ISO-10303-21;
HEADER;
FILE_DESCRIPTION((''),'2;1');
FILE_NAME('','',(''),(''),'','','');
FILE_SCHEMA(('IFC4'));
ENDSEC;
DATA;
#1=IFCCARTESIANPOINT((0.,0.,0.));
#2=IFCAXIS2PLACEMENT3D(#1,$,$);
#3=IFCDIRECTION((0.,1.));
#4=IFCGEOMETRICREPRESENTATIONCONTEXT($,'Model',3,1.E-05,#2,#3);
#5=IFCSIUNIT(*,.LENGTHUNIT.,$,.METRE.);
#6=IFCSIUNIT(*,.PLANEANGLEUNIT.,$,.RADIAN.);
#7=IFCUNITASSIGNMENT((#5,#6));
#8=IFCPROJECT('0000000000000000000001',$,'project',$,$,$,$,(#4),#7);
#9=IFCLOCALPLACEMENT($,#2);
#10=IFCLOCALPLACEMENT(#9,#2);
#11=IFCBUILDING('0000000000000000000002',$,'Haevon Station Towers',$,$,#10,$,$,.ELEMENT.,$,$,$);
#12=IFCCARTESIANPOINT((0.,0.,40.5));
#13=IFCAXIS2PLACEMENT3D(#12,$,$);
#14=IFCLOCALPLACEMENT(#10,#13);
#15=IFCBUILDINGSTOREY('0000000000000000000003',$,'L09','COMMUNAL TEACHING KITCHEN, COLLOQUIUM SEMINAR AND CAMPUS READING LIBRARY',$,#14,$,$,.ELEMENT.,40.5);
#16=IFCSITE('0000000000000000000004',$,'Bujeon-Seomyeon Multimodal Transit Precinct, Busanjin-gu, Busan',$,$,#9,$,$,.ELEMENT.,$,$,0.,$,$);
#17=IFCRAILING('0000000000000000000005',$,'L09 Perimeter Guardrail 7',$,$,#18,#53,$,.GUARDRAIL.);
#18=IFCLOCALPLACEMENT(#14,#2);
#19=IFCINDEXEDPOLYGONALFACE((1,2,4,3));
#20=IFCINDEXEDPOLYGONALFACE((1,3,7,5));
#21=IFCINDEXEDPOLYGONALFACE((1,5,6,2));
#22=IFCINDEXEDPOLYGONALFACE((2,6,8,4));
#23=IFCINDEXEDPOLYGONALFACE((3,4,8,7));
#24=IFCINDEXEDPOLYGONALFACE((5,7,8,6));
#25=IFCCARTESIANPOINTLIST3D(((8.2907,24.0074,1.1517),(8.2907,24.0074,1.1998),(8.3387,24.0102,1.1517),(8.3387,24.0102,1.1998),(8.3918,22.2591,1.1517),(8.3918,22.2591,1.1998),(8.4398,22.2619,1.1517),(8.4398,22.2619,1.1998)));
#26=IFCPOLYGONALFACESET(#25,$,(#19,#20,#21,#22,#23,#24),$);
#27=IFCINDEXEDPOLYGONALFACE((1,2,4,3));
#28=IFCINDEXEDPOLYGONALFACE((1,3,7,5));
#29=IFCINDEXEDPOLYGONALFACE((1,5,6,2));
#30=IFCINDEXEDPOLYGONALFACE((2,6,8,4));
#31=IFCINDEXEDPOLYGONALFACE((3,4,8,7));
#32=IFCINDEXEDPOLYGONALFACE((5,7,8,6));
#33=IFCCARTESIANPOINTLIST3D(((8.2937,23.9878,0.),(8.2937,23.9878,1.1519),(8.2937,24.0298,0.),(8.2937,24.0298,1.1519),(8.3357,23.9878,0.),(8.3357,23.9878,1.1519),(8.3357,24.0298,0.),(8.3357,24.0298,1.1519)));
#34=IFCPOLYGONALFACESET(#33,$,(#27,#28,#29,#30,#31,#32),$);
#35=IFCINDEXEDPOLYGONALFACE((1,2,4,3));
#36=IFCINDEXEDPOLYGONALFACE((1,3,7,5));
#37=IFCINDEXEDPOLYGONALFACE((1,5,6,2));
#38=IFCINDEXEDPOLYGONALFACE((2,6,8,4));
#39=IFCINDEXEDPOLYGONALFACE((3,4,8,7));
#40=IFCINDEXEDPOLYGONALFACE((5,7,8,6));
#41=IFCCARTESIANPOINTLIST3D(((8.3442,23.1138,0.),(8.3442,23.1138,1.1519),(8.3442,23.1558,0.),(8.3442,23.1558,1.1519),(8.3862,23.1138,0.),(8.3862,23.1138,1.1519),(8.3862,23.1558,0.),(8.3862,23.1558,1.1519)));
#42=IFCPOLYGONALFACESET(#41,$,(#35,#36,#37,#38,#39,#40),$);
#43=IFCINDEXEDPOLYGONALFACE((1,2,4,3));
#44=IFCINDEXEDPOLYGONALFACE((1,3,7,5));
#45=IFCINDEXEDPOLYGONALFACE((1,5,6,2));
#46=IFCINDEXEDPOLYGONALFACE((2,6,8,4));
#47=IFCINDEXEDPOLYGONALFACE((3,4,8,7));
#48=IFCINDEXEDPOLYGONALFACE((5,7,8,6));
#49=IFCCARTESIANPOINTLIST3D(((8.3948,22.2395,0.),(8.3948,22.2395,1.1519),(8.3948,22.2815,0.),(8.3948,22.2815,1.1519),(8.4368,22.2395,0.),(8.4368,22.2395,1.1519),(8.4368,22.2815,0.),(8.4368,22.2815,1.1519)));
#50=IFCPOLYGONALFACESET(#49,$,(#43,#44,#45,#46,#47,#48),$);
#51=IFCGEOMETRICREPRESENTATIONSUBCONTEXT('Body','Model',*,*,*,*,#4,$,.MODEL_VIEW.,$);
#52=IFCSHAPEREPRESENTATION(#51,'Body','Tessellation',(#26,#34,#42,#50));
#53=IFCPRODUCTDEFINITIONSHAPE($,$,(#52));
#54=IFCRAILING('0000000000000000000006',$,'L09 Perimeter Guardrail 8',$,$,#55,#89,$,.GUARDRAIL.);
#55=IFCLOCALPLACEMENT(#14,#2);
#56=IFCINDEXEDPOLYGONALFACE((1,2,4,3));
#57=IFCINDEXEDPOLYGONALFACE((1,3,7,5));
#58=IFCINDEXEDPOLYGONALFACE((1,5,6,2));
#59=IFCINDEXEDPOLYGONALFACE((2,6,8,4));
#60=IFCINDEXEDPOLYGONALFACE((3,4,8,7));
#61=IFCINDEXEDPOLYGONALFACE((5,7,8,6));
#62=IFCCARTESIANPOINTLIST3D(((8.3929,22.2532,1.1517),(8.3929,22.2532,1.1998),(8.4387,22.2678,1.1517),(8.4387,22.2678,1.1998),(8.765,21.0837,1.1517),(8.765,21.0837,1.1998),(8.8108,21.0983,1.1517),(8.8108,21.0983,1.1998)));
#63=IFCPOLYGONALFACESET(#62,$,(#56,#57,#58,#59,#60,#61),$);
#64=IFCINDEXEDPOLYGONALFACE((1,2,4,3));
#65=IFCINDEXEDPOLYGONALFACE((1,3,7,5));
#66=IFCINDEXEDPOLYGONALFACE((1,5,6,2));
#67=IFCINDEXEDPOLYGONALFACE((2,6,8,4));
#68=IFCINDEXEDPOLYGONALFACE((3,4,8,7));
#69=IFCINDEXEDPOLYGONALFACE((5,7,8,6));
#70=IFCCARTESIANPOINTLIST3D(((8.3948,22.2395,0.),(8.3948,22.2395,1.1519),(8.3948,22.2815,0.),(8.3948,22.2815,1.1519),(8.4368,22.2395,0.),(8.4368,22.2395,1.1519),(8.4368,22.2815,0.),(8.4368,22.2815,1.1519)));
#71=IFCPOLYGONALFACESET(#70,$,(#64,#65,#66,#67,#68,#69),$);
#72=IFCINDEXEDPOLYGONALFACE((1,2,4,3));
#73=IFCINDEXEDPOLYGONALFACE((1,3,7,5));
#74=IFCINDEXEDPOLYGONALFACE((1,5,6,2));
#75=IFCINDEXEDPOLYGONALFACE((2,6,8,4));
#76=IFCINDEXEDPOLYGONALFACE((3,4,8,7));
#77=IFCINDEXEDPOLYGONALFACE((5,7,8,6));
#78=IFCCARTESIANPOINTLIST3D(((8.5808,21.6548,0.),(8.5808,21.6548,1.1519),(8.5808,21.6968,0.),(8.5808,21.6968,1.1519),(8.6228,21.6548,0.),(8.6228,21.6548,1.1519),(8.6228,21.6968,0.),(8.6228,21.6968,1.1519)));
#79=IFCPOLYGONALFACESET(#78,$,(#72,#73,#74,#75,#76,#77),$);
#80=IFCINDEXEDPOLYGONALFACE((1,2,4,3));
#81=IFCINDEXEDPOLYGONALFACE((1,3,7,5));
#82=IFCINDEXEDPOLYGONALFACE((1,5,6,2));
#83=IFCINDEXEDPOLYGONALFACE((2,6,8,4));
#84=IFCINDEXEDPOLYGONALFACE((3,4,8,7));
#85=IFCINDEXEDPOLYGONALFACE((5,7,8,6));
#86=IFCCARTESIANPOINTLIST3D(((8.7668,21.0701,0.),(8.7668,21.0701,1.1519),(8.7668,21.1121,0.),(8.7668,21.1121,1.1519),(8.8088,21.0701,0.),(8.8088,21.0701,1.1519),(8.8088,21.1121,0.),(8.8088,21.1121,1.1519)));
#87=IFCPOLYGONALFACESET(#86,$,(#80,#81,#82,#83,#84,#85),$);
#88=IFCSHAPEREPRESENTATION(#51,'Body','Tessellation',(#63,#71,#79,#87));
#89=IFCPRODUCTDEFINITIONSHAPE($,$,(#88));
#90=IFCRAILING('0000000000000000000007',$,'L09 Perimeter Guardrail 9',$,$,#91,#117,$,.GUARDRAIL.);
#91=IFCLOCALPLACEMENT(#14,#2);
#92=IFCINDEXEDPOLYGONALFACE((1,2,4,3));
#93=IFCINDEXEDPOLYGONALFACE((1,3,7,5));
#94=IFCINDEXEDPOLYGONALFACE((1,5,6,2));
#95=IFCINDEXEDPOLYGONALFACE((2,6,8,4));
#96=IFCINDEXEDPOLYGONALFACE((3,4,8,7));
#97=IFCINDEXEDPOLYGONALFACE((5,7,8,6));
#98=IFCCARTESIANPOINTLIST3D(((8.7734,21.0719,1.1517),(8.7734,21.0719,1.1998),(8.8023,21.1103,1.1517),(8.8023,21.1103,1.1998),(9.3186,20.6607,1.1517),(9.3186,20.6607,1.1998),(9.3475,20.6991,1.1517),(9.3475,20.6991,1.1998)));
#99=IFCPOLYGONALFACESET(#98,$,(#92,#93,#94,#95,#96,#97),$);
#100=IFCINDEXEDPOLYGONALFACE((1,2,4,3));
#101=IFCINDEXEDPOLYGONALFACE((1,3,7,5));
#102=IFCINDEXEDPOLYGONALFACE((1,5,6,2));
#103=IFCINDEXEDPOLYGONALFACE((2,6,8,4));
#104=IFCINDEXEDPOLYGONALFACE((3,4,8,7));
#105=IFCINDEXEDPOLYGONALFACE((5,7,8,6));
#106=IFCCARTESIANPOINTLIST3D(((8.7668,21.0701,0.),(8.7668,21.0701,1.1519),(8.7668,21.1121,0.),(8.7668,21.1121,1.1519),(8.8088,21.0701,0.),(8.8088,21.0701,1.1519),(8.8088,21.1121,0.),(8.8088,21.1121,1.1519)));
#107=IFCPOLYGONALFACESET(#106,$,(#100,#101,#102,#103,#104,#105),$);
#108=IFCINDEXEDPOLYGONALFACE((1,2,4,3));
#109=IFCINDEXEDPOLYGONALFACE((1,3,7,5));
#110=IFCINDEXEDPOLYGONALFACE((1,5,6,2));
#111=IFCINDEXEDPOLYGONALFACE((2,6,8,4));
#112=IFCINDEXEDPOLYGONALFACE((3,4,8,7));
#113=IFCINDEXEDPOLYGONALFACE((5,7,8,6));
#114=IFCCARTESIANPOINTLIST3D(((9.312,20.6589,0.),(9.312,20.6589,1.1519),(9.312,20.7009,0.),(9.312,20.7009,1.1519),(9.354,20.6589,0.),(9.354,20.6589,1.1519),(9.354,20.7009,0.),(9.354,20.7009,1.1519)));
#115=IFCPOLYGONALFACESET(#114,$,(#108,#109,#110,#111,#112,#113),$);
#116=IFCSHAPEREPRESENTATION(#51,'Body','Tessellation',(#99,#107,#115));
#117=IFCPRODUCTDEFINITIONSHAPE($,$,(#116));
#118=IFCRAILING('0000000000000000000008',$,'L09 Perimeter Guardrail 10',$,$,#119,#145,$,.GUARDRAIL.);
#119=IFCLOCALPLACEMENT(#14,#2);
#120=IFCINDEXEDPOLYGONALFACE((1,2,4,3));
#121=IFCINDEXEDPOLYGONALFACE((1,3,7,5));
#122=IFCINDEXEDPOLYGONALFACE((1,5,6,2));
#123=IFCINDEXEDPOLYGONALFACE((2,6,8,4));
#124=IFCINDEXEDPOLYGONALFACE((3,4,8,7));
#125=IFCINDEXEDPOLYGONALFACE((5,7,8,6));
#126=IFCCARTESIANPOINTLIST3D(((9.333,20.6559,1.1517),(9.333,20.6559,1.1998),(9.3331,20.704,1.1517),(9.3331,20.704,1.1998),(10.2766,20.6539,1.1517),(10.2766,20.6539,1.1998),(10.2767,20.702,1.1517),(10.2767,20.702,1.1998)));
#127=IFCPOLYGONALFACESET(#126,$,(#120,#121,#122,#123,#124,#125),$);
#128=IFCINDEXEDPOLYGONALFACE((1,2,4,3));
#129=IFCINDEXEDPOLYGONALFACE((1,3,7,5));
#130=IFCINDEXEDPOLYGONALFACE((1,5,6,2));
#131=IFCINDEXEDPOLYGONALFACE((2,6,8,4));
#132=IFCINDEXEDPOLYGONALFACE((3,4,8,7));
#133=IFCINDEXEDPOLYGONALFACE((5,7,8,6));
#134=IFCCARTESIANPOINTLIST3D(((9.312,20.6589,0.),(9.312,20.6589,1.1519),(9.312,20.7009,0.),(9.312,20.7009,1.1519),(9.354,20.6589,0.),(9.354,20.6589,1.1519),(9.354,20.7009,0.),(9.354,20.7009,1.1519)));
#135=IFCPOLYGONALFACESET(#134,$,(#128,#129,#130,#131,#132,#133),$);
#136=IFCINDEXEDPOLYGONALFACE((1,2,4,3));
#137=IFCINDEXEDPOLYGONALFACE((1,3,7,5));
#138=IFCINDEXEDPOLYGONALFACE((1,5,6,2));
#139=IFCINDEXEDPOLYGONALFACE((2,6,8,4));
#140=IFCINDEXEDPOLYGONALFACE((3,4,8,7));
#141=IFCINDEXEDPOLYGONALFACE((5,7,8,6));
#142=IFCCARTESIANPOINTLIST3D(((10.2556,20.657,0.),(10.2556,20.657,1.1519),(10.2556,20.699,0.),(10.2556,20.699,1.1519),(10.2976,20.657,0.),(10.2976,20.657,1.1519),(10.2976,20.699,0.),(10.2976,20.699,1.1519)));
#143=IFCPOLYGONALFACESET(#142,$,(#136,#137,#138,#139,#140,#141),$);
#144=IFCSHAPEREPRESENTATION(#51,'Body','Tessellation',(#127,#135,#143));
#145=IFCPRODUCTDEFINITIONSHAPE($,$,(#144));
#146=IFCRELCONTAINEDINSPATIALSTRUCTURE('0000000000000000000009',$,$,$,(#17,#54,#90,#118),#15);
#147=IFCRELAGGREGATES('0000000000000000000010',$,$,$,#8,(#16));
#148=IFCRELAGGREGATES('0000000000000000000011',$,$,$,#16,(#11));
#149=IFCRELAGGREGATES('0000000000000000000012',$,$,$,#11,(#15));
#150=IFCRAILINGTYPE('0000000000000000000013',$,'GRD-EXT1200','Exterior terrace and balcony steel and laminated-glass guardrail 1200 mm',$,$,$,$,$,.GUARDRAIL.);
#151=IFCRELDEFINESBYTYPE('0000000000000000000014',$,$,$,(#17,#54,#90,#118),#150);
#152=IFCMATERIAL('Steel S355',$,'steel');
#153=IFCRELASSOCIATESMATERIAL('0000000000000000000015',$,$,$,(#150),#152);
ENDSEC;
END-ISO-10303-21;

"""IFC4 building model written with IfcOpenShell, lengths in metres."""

from ifc_helpers import new_model, si_unit, direction, frame, origin, origin_2d, place, context, subcontext, project, spatial, rectangle, extrude, material, type_object, element, save


model = new_model("IFC4")

# Units and contexts
model_context = context("Model", 3, precision=1e-05, world=origin(), true_north=direction((0.0, 1.0)))
body_context = subcontext(model_context, "Body", "Model", "MODEL_VIEW")
ifc_project = project(units=[si_unit("LENGTHUNIT", "METRE"), si_unit("PLANEANGLEUNIT", "RADIAN")], contexts=[model_context])

# Site, building, storey
site_placement = place(None, origin())
site = spatial("IfcSite", under=ifc_project, at=site_placement, Name="Bujeon-Seomyeon Multimodal Transit Precinct, Busanjin-gu, Busan", CompositionType="ELEMENT", RefElevation=0.0)
building_placement = place(site_placement, origin())
building = spatial("IfcBuilding", under=site, at=building_placement, Name="Haevon Station Towers", CompositionType="ELEMENT")
storey_placement = place(building_placement, frame((0.0, 0.0, 40.5)))
storey = spatial("IfcBuildingStorey", under=building, at=storey_placement, Name="L09", Description="COMMUNAL TEACHING KITCHEN, COLLOQUIUM SEMINAR AND CAMPUS READING LIBRARY", CompositionType="ELEMENT", Elevation=40.5)

# Shared definitions
ifc_material_1 = material(Name="Steel S355", Category="steel")

# Railings
railing_type = type_object("IfcRailingType", Name="GRD-EXT1200", Description="Exterior terrace and balcony steel and laminated-glass guardrail 1200 mm", PredefinedType="GUARDRAIL", material=ifc_material_1)
railing_1_placement = place(storey_placement, frame((8.3147, 24.0088, 0.0)))
element("IfcRailing", 1, at=railing_1_placement, inside=storey, type_object=railing_type, Name="L09 Perimeter Guardrail 7", PredefinedType="GUARDRAIL", context=body_context, shape_type="SweptSolid", body=[
    extrude(rectangle(XDim=0.0481, YDim=0.0481, at=origin_2d()), frame((0.0, 0.0, 1.1758), z_axis=(0.057717, -0.998333, 0.0), x_axis=(0.998333, 0.057717, 0.0)), (0.0, 0.0, 1.0), 1.7512),
    extrude(rectangle(XDim=0.042, YDim=0.042, at=origin_2d()), origin(), (0.0, 0.0, 1.0), 1.1519),
    extrude(rectangle(XDim=0.042, YDim=0.042, at=origin_2d()), frame((0.0505, -0.874, 0.0)), (0.0, 0.0, 1.0), 1.1519),
    extrude(rectangle(XDim=0.042, YDim=0.042, at=origin_2d()), frame((0.1011, -1.7483, 0.0)), (0.0, 0.0, 1.0), 1.1519),
])
railing_2_placement = place(storey_placement, frame((8.4158, 22.2605, 0.0)))
element("IfcRailing", 2, at=railing_2_placement, inside=storey, type_object=railing_type, Name="L09 Perimeter Guardrail 8", PredefinedType="GUARDRAIL", context=body_context, shape_type="SweptSolid", body=[
    extrude(rectangle(XDim=0.0481, YDim=0.0481, at=origin_2d()), frame((0.0, 0.0, 1.1758), z_axis=(0.303187, -0.952931, 0.0), x_axis=(0.952931, 0.303187, 0.0)), (0.0, 0.0, 1.0), 1.2273),
    extrude(rectangle(XDim=0.042, YDim=0.042, at=origin_2d()), origin(), (0.0, 0.0, 1.0), 1.1519),
    extrude(rectangle(XDim=0.042, YDim=0.042, at=origin_2d()), frame((0.186, -0.5847, 0.0)), (0.0, 0.0, 1.0), 1.1519),
    extrude(rectangle(XDim=0.042, YDim=0.042, at=origin_2d()), frame((0.3721, -1.1694, 0.0)), (0.0, 0.0, 1.0), 1.1519),
])
railing_3_placement = place(storey_placement, frame((8.7878, 21.0911, 0.0)))
element("IfcRailing", 3, at=railing_3_placement, inside=storey, type_object=railing_type, Name="L09 Perimeter Guardrail 9", PredefinedType="GUARDRAIL", context=body_context, shape_type="SweptSolid", body=[
    extrude(rectangle(XDim=0.0481, YDim=0.0481, at=origin_2d()), frame((0.0, 0.0, 1.1758), z_axis=(0.79841, -0.602115, 0.0), x_axis=(0.602115, 0.79841, 0.0)), (0.0, 0.0, 1.0), 0.6829),
    extrude(rectangle(XDim=0.042, YDim=0.042, at=origin_2d()), origin(), (0.0, 0.0, 1.0), 1.1519),
    extrude(rectangle(XDim=0.042, YDim=0.042, at=origin_2d()), frame((0.5452, -0.4111, 0.0)), (0.0, 0.0, 1.0), 1.1519),
])
railing_4_placement = place(storey_placement, frame((9.333, 20.6799, 0.0)))
element("IfcRailing", 4, at=railing_4_placement, inside=storey, type_object=railing_type, Name="L09 Perimeter Guardrail 10", PredefinedType="GUARDRAIL", context=body_context, shape_type="SweptSolid", body=[
    extrude(rectangle(XDim=0.0481, YDim=0.0481, at=origin_2d()), frame((0.0, 0.0, 1.1758), z_axis=(0.999998, -0.00207, 0.0), x_axis=(0.00207, 0.999998, 0.0)), (0.0, 0.0, 1.0), 0.9436),
    extrude(rectangle(XDim=0.042, YDim=0.042, at=origin_2d()), origin(), (0.0, 0.0, 1.0), 1.1519),
    extrude(rectangle(XDim=0.042, YDim=0.042, at=origin_2d()), frame((0.9436, -0.002, 0.0)), (0.0, 0.0, 1.0), 1.1519),
])

save(model, "model.ifc")
